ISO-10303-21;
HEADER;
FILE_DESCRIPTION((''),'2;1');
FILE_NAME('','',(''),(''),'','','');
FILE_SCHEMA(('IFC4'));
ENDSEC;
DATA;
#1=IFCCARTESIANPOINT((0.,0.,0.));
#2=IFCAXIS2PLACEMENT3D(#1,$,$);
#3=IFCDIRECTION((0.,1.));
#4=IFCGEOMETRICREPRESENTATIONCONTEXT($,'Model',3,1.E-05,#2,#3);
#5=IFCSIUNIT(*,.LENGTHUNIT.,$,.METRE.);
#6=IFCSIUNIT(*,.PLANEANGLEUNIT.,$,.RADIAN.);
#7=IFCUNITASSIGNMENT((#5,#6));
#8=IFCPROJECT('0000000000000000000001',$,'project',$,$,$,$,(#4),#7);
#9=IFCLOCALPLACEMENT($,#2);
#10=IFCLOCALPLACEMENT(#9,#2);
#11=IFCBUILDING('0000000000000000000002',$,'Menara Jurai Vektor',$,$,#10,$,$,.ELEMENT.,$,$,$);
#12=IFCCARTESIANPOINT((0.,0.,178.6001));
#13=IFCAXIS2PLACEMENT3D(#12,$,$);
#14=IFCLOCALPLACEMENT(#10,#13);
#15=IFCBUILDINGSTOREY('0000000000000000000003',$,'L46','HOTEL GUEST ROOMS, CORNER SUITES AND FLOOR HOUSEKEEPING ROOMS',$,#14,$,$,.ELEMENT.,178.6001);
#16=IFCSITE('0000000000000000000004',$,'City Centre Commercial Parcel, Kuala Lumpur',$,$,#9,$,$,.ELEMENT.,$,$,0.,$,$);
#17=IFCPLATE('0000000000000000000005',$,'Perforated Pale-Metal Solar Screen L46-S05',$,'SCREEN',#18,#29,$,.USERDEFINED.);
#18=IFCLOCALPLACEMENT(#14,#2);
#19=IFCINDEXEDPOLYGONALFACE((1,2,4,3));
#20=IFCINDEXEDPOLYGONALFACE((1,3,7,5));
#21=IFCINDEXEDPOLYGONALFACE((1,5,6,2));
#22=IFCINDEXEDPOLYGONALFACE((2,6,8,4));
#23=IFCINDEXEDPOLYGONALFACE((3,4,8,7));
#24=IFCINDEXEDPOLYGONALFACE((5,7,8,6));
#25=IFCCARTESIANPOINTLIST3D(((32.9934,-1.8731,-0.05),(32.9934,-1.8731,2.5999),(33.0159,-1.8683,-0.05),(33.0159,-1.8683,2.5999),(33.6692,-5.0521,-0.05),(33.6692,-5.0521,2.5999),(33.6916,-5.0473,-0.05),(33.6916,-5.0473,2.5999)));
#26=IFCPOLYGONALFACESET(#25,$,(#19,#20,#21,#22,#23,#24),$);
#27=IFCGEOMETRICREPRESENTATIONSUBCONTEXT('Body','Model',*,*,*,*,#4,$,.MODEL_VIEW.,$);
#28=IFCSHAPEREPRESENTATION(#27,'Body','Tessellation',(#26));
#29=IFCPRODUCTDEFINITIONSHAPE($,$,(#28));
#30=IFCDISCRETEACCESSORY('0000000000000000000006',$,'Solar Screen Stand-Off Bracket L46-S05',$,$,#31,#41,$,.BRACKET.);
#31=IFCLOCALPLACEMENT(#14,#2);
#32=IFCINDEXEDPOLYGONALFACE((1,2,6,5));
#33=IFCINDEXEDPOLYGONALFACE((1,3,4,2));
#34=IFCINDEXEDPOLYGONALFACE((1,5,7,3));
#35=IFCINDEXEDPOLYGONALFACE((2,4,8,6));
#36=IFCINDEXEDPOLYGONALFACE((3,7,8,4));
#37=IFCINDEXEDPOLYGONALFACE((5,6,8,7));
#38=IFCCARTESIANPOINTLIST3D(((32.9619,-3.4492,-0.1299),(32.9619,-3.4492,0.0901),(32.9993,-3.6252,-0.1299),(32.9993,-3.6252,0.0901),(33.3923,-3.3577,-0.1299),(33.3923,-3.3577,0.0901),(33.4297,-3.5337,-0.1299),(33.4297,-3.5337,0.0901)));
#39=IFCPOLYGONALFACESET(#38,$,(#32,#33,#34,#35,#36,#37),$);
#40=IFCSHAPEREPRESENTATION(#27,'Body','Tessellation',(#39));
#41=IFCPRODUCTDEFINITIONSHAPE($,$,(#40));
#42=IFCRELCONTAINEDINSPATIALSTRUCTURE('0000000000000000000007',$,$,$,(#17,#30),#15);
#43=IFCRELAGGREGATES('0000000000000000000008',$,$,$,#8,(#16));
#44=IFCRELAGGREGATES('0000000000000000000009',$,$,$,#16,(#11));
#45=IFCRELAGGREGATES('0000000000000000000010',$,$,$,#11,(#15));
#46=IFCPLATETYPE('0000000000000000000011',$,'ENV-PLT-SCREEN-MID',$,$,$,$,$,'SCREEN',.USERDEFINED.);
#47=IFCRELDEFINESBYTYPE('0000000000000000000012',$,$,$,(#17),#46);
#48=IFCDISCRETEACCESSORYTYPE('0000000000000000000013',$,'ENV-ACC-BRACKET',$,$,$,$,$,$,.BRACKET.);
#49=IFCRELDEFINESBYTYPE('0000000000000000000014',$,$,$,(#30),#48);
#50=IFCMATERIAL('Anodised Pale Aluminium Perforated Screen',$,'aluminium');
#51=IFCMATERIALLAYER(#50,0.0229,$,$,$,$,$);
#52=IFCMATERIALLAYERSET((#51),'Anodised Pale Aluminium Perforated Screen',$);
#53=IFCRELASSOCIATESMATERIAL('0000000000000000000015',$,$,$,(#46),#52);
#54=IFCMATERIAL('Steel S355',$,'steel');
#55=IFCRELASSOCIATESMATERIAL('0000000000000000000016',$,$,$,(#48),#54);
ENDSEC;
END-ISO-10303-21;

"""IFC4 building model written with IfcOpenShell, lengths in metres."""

from ifc_helpers import new_model, si_unit, direction, frame, origin, origin_2d, place, context, subcontext, project, spatial, rectangle, extrude, material, layer, layer_set, type_object, element, save


model = new_model("IFC4")

# Units and contexts
model_context = context("Model", 3, precision=1e-05, world=origin(), true_north=direction((0.0, 1.0)))
body_context = subcontext(model_context, "Body", "Model", "MODEL_VIEW")
ifc_project = project(units=[si_unit("LENGTHUNIT", "METRE"), si_unit("PLANEANGLEUNIT", "RADIAN")], contexts=[model_context])

# Site, building, storey
site_placement = place(None, origin())
site = spatial("IfcSite", under=ifc_project, at=site_placement, Name="City Centre Commercial Parcel, Kuala Lumpur", CompositionType="ELEMENT", RefElevation=0.0)
building_placement = place(site_placement, origin())
building = spatial("IfcBuilding", under=site, at=building_placement, Name="Menara Jurai Vektor", CompositionType="ELEMENT")
storey_placement = place(building_placement, frame((0.0, 0.0, 178.6001)))
storey = spatial("IfcBuildingStorey", under=building, at=storey_placement, Name="L46", Description="HOTEL GUEST ROOMS, CORNER SUITES AND FLOOR HOUSEKEEPING ROOMS", CompositionType="ELEMENT", Elevation=178.6001)

# Shared definitions
ifc_material_1 = material(Name="Steel S355", Category="steel")

# Plate
ifc_material_2 = material(Name="Anodised Pale Aluminium Perforated Screen", Category="aluminium")
ifc_layer_1 = layer(ifc_material_2, 0.0229)
ifc_layer_set_1 = layer_set([ifc_layer_1], Name="Anodised Pale Aluminium Perforated Screen")
plate_type_1 = type_object("IfcPlateType", Name="ENV-PLT-SCREEN-MID", ElementType="SCREEN", PredefinedType="USERDEFINED", material=ifc_layer_set_1)
plate_1_placement = place(storey_placement, frame((33.3425, -3.4602, -0.05), z_axis=(0.0, 0.0, 1.0), x_axis=(-0.207912, 0.978148, 0.0)))
element("IfcPlate", 1, at=plate_1_placement, inside=storey, type_object=plate_type_1, Name="Perforated Pale-Metal Solar Screen L46-S05", ObjectType="SCREEN", PredefinedType="USERDEFINED", context=body_context, shape_type="SweptSolid", body=[
    extrude(rectangle(XDim=3.25, YDim=0.0229, at=origin_2d()), origin(), (0.0, 0.0, 1.0), 2.6499),
])

# Discrete accessory
discrete_accessory_type = type_object("IfcDiscreteAccessoryType", Name="ENV-ACC-BRACKET", PredefinedType="BRACKET", material=ifc_material_1)
discrete_accessory_placement = place(storey_placement, frame((33.1958, -3.4915, -0.1299), z_axis=(0.0, 0.0, 1.0), x_axis=(-0.207912, 0.978148, 0.0)))
element("IfcDiscreteAccessory", 2, at=discrete_accessory_placement, inside=storey, type_object=discrete_accessory_type, Name="Solar Screen Stand-Off Bracket L46-S05", PredefinedType="BRACKET", context=body_context, shape_type="SweptSolid", body=[
    extrude(rectangle(XDim=0.1799, YDim=0.4399, at=origin_2d()), origin(), (0.0, 0.0, 1.0), 0.22),
])

save(model, "model.ifc")
